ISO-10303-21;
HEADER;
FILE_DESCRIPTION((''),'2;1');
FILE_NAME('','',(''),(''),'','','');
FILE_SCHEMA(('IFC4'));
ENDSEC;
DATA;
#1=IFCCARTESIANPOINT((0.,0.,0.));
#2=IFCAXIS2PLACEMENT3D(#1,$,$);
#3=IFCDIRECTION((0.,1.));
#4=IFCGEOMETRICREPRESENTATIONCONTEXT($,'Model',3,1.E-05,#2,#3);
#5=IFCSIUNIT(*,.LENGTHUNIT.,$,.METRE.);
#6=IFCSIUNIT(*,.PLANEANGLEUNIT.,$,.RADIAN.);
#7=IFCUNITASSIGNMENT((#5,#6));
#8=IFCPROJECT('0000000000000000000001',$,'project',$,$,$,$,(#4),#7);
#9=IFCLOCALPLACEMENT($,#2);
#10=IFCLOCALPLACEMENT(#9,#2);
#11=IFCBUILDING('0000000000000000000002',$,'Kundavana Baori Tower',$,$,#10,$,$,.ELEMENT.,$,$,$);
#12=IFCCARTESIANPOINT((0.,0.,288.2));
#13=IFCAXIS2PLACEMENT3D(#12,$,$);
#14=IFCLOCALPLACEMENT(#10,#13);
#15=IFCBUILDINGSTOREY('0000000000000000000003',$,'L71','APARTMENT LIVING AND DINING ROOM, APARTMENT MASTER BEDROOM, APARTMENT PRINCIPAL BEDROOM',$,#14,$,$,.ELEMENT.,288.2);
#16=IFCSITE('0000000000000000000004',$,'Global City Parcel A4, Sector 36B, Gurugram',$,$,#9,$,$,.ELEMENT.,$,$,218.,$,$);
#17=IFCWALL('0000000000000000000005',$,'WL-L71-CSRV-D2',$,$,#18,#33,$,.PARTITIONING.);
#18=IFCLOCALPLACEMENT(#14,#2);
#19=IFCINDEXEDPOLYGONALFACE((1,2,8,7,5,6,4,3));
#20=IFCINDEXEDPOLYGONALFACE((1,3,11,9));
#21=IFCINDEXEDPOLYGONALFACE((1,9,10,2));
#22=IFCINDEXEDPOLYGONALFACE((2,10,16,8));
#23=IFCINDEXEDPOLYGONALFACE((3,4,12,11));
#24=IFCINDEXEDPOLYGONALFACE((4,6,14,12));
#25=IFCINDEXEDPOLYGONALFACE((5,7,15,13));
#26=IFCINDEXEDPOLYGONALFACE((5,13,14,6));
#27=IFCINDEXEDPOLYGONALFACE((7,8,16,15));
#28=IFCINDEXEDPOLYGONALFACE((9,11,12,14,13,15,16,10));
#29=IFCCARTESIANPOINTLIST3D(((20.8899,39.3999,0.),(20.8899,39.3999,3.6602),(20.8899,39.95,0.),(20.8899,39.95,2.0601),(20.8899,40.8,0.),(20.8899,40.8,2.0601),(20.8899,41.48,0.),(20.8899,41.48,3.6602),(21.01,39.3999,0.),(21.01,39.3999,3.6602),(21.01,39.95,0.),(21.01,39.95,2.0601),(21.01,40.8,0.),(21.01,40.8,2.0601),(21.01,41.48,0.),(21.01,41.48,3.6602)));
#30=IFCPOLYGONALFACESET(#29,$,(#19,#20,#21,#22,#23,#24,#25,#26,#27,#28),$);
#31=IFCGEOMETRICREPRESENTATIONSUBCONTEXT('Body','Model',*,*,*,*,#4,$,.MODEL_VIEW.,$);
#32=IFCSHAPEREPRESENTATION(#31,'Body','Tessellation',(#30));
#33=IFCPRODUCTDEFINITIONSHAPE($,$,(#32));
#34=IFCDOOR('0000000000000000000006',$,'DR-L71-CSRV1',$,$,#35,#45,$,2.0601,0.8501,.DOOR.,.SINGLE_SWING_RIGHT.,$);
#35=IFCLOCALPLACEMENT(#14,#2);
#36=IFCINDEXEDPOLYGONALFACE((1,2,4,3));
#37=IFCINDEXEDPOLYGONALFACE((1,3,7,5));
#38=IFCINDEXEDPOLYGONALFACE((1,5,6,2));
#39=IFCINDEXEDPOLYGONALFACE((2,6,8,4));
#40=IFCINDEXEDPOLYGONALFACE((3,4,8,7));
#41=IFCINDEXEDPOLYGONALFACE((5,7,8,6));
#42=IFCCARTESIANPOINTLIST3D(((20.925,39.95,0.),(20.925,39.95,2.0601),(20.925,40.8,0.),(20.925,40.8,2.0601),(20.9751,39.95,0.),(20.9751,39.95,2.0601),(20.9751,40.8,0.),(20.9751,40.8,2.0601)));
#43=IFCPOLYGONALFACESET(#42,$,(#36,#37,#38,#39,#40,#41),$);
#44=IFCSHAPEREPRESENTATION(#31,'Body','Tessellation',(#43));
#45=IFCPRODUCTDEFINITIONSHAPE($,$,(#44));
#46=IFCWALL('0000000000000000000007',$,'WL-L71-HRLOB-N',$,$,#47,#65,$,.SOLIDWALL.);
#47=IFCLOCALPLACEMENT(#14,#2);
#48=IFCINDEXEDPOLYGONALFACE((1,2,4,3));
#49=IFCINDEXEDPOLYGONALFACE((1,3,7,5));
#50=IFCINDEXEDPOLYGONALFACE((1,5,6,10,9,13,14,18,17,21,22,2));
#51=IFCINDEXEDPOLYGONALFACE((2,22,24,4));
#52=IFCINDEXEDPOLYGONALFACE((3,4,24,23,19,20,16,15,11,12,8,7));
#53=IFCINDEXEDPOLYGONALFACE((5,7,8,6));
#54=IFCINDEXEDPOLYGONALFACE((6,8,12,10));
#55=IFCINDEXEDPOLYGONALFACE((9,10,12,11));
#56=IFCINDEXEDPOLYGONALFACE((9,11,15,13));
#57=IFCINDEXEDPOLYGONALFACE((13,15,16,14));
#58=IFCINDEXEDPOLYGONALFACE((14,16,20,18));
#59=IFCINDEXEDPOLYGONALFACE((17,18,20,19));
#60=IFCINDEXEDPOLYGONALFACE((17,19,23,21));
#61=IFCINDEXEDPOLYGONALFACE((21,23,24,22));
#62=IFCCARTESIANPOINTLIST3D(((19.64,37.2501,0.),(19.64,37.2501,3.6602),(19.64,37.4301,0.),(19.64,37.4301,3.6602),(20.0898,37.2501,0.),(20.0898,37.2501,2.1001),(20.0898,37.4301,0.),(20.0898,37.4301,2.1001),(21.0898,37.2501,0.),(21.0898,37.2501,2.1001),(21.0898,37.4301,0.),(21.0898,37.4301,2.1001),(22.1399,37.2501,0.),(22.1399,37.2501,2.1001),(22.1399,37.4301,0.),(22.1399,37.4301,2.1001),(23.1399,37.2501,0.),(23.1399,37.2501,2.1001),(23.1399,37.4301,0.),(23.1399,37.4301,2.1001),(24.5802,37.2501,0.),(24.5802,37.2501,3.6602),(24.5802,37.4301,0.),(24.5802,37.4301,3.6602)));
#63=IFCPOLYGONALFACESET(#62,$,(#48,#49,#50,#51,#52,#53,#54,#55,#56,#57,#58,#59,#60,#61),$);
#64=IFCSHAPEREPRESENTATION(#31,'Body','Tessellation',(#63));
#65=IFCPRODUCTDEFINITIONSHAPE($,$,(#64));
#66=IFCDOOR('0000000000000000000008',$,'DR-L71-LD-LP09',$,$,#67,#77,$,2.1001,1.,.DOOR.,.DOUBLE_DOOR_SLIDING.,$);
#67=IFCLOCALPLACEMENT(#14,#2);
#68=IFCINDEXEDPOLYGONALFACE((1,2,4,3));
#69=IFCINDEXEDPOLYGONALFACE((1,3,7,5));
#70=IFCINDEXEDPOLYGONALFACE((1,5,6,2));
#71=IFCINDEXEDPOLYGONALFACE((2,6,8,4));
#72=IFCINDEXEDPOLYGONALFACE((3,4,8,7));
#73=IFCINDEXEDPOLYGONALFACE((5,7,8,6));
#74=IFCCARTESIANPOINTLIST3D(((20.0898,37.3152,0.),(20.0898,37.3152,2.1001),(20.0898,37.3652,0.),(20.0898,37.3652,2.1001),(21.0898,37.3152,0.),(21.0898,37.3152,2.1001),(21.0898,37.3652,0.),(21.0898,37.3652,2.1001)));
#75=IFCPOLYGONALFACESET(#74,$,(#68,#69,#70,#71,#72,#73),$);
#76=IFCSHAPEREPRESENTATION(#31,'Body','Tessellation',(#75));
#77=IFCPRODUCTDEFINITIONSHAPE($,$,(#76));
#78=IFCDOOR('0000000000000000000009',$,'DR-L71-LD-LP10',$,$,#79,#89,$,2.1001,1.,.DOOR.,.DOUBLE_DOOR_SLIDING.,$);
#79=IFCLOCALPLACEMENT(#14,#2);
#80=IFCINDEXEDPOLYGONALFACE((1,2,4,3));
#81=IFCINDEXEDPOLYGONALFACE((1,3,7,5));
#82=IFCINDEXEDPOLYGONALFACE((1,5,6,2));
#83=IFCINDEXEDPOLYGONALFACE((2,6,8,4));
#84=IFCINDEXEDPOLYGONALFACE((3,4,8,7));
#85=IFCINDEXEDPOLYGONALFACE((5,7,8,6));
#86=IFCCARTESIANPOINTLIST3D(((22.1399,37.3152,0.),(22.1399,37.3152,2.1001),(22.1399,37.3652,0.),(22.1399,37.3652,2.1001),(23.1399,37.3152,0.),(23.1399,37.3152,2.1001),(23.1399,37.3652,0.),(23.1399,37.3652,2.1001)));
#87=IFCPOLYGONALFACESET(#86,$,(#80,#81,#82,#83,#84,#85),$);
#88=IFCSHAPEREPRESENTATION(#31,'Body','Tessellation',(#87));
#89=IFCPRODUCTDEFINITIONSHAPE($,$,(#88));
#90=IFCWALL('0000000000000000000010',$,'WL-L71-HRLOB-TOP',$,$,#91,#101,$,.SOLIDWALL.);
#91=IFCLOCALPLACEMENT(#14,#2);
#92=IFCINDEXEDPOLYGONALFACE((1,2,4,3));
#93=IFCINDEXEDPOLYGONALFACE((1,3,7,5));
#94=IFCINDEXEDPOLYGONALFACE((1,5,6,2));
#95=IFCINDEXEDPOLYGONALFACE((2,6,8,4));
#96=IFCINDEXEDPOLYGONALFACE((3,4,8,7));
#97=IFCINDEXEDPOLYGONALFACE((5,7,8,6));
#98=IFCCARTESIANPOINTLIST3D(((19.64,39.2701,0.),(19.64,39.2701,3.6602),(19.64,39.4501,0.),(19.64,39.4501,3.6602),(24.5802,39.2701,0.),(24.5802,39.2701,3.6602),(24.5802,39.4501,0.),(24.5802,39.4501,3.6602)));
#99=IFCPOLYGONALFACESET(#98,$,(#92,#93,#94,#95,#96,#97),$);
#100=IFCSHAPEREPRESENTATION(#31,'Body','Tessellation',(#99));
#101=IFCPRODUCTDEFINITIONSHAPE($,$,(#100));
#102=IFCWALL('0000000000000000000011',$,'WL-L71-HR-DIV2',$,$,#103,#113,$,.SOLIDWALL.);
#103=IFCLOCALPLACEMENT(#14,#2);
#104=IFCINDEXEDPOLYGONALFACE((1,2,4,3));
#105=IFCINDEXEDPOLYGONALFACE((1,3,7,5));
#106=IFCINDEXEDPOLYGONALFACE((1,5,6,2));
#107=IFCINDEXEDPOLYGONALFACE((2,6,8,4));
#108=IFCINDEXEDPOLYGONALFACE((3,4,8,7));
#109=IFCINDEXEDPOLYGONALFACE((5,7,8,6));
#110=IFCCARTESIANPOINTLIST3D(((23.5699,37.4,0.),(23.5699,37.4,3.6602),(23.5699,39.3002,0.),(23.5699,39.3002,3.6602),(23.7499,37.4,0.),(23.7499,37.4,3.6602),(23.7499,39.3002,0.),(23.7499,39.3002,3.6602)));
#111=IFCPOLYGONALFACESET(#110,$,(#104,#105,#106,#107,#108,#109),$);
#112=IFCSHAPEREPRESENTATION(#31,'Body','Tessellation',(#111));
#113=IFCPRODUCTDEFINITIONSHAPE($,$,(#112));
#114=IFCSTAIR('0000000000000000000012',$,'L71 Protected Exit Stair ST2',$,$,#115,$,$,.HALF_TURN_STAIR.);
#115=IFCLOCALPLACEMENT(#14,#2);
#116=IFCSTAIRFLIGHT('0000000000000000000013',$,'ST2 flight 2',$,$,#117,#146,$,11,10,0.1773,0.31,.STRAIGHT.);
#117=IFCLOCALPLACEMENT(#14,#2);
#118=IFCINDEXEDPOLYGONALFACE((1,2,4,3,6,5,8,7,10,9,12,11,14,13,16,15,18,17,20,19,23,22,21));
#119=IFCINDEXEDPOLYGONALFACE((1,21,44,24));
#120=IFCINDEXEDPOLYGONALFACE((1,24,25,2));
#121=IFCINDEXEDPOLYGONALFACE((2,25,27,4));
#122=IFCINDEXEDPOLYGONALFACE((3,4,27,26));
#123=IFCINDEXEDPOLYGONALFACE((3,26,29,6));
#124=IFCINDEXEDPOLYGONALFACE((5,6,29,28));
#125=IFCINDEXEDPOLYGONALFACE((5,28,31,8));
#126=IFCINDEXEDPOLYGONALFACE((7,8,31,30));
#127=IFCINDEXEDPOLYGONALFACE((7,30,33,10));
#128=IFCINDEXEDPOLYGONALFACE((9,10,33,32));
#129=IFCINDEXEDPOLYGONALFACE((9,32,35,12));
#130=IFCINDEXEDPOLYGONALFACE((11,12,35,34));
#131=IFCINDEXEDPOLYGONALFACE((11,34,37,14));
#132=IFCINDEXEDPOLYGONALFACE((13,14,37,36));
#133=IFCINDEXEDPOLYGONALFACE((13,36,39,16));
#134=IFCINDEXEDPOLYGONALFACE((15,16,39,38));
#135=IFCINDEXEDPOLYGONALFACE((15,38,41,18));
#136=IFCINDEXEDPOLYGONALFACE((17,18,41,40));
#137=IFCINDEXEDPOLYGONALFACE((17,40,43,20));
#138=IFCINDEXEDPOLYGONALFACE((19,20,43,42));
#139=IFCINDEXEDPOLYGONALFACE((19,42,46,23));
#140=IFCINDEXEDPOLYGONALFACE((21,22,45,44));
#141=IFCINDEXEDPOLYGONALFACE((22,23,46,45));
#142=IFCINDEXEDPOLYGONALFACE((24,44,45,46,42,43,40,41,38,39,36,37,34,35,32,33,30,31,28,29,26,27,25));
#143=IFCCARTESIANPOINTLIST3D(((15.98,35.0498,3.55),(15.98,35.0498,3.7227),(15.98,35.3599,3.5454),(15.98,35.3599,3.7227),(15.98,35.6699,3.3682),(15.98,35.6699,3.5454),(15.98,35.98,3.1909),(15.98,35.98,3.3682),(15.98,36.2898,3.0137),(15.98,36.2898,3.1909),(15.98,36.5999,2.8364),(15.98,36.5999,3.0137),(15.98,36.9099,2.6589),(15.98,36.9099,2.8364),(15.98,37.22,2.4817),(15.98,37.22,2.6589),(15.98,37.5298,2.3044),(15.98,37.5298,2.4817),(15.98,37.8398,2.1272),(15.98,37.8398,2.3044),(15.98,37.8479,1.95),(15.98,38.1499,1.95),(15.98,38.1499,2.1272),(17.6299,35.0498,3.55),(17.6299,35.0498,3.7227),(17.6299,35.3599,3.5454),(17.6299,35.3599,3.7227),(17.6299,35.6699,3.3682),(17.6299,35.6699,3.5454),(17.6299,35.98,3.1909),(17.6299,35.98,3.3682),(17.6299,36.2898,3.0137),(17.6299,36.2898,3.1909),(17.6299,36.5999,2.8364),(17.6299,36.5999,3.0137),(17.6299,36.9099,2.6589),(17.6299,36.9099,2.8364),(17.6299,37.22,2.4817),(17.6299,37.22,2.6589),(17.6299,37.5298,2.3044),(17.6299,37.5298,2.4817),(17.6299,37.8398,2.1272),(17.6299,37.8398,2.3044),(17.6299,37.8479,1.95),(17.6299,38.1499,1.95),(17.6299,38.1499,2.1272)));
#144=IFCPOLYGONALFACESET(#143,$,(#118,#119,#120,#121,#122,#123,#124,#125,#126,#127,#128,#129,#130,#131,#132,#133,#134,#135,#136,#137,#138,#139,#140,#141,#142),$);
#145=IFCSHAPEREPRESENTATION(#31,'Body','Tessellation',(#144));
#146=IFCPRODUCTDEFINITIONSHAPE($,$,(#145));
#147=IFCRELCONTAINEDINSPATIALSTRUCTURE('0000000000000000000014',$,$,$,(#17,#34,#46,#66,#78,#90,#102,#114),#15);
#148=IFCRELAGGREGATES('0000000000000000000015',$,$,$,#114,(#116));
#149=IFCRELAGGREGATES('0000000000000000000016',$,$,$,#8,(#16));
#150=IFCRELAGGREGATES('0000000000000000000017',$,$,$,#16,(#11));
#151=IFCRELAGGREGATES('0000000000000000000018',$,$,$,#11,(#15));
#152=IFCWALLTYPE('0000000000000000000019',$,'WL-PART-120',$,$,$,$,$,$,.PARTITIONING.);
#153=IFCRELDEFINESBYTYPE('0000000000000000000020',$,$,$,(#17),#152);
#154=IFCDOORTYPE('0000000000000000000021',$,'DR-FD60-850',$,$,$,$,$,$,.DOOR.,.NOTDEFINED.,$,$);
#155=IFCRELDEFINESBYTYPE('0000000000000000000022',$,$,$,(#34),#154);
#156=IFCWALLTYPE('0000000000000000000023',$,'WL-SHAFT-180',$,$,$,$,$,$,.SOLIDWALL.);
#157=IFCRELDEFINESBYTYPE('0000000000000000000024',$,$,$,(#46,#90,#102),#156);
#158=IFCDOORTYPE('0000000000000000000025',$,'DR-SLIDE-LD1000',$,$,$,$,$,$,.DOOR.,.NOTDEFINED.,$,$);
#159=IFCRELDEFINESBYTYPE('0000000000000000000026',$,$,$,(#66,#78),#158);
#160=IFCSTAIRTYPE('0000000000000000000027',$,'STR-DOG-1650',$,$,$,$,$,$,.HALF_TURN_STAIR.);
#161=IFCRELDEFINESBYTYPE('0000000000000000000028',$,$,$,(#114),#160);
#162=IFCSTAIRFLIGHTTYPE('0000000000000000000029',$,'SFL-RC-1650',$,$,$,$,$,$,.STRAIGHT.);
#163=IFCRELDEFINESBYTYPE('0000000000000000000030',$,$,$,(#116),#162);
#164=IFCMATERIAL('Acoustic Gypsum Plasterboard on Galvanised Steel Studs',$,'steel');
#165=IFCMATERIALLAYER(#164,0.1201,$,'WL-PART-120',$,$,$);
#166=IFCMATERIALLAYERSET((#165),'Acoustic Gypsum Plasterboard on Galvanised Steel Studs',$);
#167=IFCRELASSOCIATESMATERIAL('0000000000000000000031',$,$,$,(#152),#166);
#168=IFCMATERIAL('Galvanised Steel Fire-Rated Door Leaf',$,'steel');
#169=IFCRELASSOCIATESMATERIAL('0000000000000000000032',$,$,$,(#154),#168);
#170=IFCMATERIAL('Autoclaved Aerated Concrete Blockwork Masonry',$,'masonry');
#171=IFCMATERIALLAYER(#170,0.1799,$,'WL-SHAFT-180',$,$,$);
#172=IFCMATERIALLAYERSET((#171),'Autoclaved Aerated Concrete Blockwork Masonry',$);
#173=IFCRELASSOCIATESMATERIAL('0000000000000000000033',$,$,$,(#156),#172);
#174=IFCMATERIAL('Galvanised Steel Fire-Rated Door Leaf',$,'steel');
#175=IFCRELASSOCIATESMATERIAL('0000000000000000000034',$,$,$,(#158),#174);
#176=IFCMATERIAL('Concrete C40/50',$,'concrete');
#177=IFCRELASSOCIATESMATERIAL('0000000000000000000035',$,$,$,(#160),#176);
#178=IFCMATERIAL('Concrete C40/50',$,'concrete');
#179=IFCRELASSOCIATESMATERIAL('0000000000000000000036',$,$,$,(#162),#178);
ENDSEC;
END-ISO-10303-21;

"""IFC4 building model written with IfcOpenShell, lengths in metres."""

from ifc_helpers import new_model, si_unit, direction, frame, frame_2d, origin, place, context, subcontext, project, spatial, polyline, rectangle, outline, extrude, material, layer, layer_set, type_object, element, fill, aggregate, save


model = new_model("IFC4")

# Units and contexts
model_context = context("Model", 3, precision=1e-05, world=origin(), true_north=direction((0.0, 1.0)))
body_context = subcontext(model_context, "Body", "Model", "MODEL_VIEW")
ifc_project = project(units=[si_unit("LENGTHUNIT", "METRE"), si_unit("PLANEANGLEUNIT", "RADIAN")], contexts=[model_context])

# Site, building, storey
site_placement = place(None, origin())
site = spatial("IfcSite", under=ifc_project, at=site_placement, Name="Global City Parcel A4, Sector 36B, Gurugram", CompositionType="ELEMENT", RefElevation=218.0)
building_placement = place(site_placement, origin())
building = spatial("IfcBuilding", under=site, at=building_placement, Name="Kundavana Baori Tower", CompositionType="ELEMENT")
storey_placement = place(building_placement, frame((0.0, 0.0, 288.2)))
storey = spatial("IfcBuildingStorey", under=building, at=storey_placement, Name="L71", Description="APARTMENT LIVING AND DINING ROOM, APARTMENT MASTER BEDROOM, APARTMENT PRINCIPAL BEDROOM", CompositionType="ELEMENT", Elevation=288.2)

# Shared definitions
ifc_material_1 = material(Name="Acoustic Gypsum Plasterboard on Galvanised Steel Studs", Category="steel")
ifc_layer_1 = layer(ifc_material_1, 0.1201, Name="WL-PART-120")
ifc_layer_set_1 = layer_set([ifc_layer_1], Name="Acoustic Gypsum Plasterboard on Galvanised Steel Studs")
wall_type_1 = type_object("IfcWallType", Name="WL-PART-120", PredefinedType="PARTITIONING", material=ifc_layer_set_1)

# Wall, opening, door
wall_1_placement = place(storey_placement, frame((20.95, 39.3999, 0.0), z_axis=(0.0, 0.0, 1.0), x_axis=(0.0, 1.0, 0.0)))
wall_1 = element("IfcWall", 1, at=wall_1_placement, inside=storey, type_object=wall_type_1, Name="WL-L71-CSRV-D2", PredefinedType="PARTITIONING", context=body_context, shape_type="SweptSolid", body=[
    extrude(rectangle(XDim=2.0801, YDim=0.1201, at=frame_2d((1.04, 0.0))), origin(), (0.0, 0.0, 1.0), 3.6602),
])
opening_1_placement = place(wall_1_placement, frame((0.55, 0.0, 0.0)))
opening_1 = element("IfcOpeningElement", 2, at=opening_1_placement, cuts=wall_1, PredefinedType="OPENING", context=body_context, shape_type="SweptSolid", body=[
    extrude(rectangle(XDim=0.8501, YDim=2.0601, at=frame_2d((0.425, 1.03))), frame((0.0, 0.0701, 0.0), z_axis=(0.0, -1.0, 0.0), x_axis=(1.0, 0.0, 0.0)), (0.0, 0.0, 1.0), 0.1401),
])
ifc_material_2 = material(Name="Galvanised Steel Fire-Rated Door Leaf", Category="steel")
door_type_1 = type_object("IfcDoorType", Name="DR-FD60-850", OperationType="NOTDEFINED", PredefinedType="DOOR", material=ifc_material_2)
door_1_placement = place(opening_1_placement, origin())
door_1 = element("IfcDoor", 3, at=door_1_placement, inside=storey, type_object=door_type_1, Name="DR-L71-CSRV1", OperationType="SINGLE_SWING_RIGHT", OverallHeight=2.0601, OverallWidth=0.8501, PredefinedType="DOOR", context=body_context, shape_type="SweptSolid", body=[
    extrude(rectangle(XDim=0.8501, YDim=2.0601, at=frame_2d((0.425, 1.03))), frame((0.0, 0.0249, 0.0), z_axis=(0.0, -1.0, 0.0), x_axis=(1.0, 0.0, 0.0)), (0.0, 0.0, 1.0), 0.05),
])
fill(opening_1, door_1)

# Wall, openings, doors
ifc_material_3 = material(Name="Autoclaved Aerated Concrete Blockwork Masonry", Category="masonry")
ifc_layer_2 = layer(ifc_material_3, 0.1799, Name="WL-SHAFT-180")
ifc_layer_set_2 = layer_set([ifc_layer_2], Name="Autoclaved Aerated Concrete Blockwork Masonry")
wall_type_2 = type_object("IfcWallType", Name="WL-SHAFT-180", PredefinedType="SOLIDWALL", material=ifc_layer_set_2)
wall_2_placement = place(storey_placement, frame((19.6399, 37.3401, 0.0), z_axis=(0.0, 0.0, 1.0), x_axis=(1.0, 0.0, 0.0)))
wall_2 = element("IfcWall", 4, at=wall_2_placement, inside=storey, type_object=wall_type_2, Name="WL-L71-HRLOB-N", PredefinedType="SOLIDWALL", context=body_context, shape_type="SweptSolid", body=[
    extrude(rectangle(XDim=4.9402, YDim=0.1799, at=frame_2d((2.4702, 0.0))), origin(), (0.0, 0.0, 1.0), 3.6602),
])
opening_2_placement = place(wall_2_placement, frame((0.45, 0.0, 0.0)))
opening_2 = element("IfcOpeningElement", 5, at=opening_2_placement, cuts=wall_2, PredefinedType="OPENING", context=body_context, shape_type="SweptSolid", body=[
    extrude(rectangle(XDim=1.0, YDim=2.1001, at=frame_2d((0.5, 1.05))), frame((0.0, 0.1001, 0.0), z_axis=(0.0, -1.0, 0.0), x_axis=(1.0, 0.0, 0.0)), (0.0, 0.0, 1.0), 0.2),
])
opening_3_placement = place(wall_2_placement, frame((2.5, 0.0, 0.0)))
opening_3 = element("IfcOpeningElement", 6, at=opening_3_placement, cuts=wall_2, PredefinedType="OPENING", context=body_context, shape_type="SweptSolid", body=[
    extrude(rectangle(XDim=1.0, YDim=2.1001, at=frame_2d((0.5, 1.05))), frame((0.0, 0.1001, 0.0), z_axis=(0.0, -1.0, 0.0), x_axis=(1.0, 0.0, 0.0)), (0.0, 0.0, 1.0), 0.2),
])
ifc_material_4 = material(Name="Galvanised Steel Fire-Rated Door Leaf", Category="steel")
door_type_2 = type_object("IfcDoorType", Name="DR-SLIDE-LD1000", OperationType="NOTDEFINED", PredefinedType="DOOR", material=ifc_material_4)
door_2_placement = place(opening_2_placement, frame((1.0, 0.0, 0.0), z_axis=(0.0, 0.0, 1.0), x_axis=(-1.0, 0.0, 0.0)))
door_2 = element("IfcDoor", 7, at=door_2_placement, inside=storey, type_object=door_type_2, Name="DR-L71-LD-LP09", OperationType="DOUBLE_DOOR_SLIDING", OverallHeight=2.1001, OverallWidth=1.0, PredefinedType="DOOR", context=body_context, shape_type="SweptSolid", body=[
    extrude(rectangle(XDim=1.0, YDim=2.1001, at=frame_2d((0.5, 1.05))), frame((0.0, 0.0249, 0.0), z_axis=(0.0, -1.0, 0.0), x_axis=(1.0, 0.0, 0.0)), (0.0, 0.0, 1.0), 0.05),
])
fill(opening_2, door_2)
door_3_placement = place(opening_3_placement, frame((1.0, 0.0, 0.0), z_axis=(0.0, 0.0, 1.0), x_axis=(-1.0, 0.0, 0.0)))
door_3 = element("IfcDoor", 8, at=door_3_placement, inside=storey, type_object=door_type_2, Name="DR-L71-LD-LP10", OperationType="DOUBLE_DOOR_SLIDING", OverallHeight=2.1001, OverallWidth=1.0, PredefinedType="DOOR", context=body_context, shape_type="SweptSolid", body=[
    extrude(rectangle(XDim=1.0, YDim=2.1001, at=frame_2d((0.5, 1.05))), frame((0.0, 0.0249, 0.0), z_axis=(0.0, -1.0, 0.0), x_axis=(1.0, 0.0, 0.0)), (0.0, 0.0, 1.0), 0.05),
])
fill(opening_3, door_3)

# Walls
wall_3_placement = place(storey_placement, frame((19.6399, 39.3601, 0.0), z_axis=(0.0, 0.0, 1.0), x_axis=(1.0, 0.0, 0.0)))
element("IfcWall", 9, at=wall_3_placement, inside=storey, type_object=wall_type_2, Name="WL-L71-HRLOB-TOP", PredefinedType="SOLIDWALL", context=body_context, shape_type="SweptSolid", body=[
    extrude(rectangle(XDim=4.9402, YDim=0.1799, at=frame_2d((2.4702, 0.0))), origin(), (0.0, 0.0, 1.0), 3.6602),
])
wall_4_placement = place(storey_placement, frame((23.6599, 37.3999, 0.0), z_axis=(0.0, 0.0, 1.0), x_axis=(0.0, 1.0, 0.0)))
element("IfcWall", 10, at=wall_4_placement, inside=storey, type_object=wall_type_2, Name="WL-L71-HR-DIV2", PredefinedType="SOLIDWALL", context=body_context, shape_type="SweptSolid", body=[
    extrude(rectangle(XDim=1.9001, YDim=0.1799, at=frame_2d((0.9502, 0.0))), origin(), (0.0, 0.0, 1.0), 3.6602),
])

# Stair, stair flight
ifc_material_5 = material(Name="Concrete C40/50", Category="concrete")
stair_type = type_object("IfcStairType", Name="STR-DOG-1650", PredefinedType="HALF_TURN_STAIR", material=ifc_material_5)
stair_placement = place(storey_placement, origin())
stair = element("IfcStair", 11, at=stair_placement, inside=storey, type_object=stair_type, Name="L71 Protected Exit Stair ST2", PredefinedType="HALF_TURN_STAIR")
ifc_material_6 = material(Name="Concrete C40/50", Category="concrete")
stair_flight_type = type_object("IfcStairFlightType", Name="SFL-RC-1650", PredefinedType="STRAIGHT", material=ifc_material_6)
stair_flight_placement = place(storey_placement, frame((16.8049, 38.1499, 1.95), z_axis=(0.0, 0.0, 1.0), x_axis=(0.0, -1.0, 0.0)))
stair_flight = element("IfcStairFlight", 12, at=stair_flight_placement, type_object=stair_flight_type, Name="ST2 flight 2", NumberOfRisers=11, NumberOfTreads=10, PredefinedType="STRAIGHT", RiserHeight=0.1773, TreadLength=0.31, context=body_context, shape_type="SweptSolid", body=[
    extrude(outline(polyline([(0.0, 0.0), (0.0, 0.1772), (0.3101, 0.1772), (0.3101, 0.3545), (0.6201, 0.3545), (0.6201, 0.5317), (0.9299, 0.5317), (0.9299, 0.709), (1.24, 0.709), (1.24, 0.8865), (1.55, 0.8865), (1.55, 1.0637), (1.8601, 1.0637), (1.8601, 1.241), (2.1699, 1.241), (2.1699, 1.4182), (2.48, 1.4182), (2.48, 1.5955), (2.79, 1.5955), (2.79, 1.7727), (3.1001, 1.7727), (3.1001, 1.95), (3.1001, 1.6001), (0.302, 0.0), (0.0, 0.0)])), frame((0.0, 0.825, 0.0), z_axis=(0.0, -1.0, 0.0), x_axis=(1.0, 0.0, 0.0)), (0.0, 0.0, 1.0), 1.6499),
])
aggregate(stair, [stair_flight])

save(model, "model.ifc")
